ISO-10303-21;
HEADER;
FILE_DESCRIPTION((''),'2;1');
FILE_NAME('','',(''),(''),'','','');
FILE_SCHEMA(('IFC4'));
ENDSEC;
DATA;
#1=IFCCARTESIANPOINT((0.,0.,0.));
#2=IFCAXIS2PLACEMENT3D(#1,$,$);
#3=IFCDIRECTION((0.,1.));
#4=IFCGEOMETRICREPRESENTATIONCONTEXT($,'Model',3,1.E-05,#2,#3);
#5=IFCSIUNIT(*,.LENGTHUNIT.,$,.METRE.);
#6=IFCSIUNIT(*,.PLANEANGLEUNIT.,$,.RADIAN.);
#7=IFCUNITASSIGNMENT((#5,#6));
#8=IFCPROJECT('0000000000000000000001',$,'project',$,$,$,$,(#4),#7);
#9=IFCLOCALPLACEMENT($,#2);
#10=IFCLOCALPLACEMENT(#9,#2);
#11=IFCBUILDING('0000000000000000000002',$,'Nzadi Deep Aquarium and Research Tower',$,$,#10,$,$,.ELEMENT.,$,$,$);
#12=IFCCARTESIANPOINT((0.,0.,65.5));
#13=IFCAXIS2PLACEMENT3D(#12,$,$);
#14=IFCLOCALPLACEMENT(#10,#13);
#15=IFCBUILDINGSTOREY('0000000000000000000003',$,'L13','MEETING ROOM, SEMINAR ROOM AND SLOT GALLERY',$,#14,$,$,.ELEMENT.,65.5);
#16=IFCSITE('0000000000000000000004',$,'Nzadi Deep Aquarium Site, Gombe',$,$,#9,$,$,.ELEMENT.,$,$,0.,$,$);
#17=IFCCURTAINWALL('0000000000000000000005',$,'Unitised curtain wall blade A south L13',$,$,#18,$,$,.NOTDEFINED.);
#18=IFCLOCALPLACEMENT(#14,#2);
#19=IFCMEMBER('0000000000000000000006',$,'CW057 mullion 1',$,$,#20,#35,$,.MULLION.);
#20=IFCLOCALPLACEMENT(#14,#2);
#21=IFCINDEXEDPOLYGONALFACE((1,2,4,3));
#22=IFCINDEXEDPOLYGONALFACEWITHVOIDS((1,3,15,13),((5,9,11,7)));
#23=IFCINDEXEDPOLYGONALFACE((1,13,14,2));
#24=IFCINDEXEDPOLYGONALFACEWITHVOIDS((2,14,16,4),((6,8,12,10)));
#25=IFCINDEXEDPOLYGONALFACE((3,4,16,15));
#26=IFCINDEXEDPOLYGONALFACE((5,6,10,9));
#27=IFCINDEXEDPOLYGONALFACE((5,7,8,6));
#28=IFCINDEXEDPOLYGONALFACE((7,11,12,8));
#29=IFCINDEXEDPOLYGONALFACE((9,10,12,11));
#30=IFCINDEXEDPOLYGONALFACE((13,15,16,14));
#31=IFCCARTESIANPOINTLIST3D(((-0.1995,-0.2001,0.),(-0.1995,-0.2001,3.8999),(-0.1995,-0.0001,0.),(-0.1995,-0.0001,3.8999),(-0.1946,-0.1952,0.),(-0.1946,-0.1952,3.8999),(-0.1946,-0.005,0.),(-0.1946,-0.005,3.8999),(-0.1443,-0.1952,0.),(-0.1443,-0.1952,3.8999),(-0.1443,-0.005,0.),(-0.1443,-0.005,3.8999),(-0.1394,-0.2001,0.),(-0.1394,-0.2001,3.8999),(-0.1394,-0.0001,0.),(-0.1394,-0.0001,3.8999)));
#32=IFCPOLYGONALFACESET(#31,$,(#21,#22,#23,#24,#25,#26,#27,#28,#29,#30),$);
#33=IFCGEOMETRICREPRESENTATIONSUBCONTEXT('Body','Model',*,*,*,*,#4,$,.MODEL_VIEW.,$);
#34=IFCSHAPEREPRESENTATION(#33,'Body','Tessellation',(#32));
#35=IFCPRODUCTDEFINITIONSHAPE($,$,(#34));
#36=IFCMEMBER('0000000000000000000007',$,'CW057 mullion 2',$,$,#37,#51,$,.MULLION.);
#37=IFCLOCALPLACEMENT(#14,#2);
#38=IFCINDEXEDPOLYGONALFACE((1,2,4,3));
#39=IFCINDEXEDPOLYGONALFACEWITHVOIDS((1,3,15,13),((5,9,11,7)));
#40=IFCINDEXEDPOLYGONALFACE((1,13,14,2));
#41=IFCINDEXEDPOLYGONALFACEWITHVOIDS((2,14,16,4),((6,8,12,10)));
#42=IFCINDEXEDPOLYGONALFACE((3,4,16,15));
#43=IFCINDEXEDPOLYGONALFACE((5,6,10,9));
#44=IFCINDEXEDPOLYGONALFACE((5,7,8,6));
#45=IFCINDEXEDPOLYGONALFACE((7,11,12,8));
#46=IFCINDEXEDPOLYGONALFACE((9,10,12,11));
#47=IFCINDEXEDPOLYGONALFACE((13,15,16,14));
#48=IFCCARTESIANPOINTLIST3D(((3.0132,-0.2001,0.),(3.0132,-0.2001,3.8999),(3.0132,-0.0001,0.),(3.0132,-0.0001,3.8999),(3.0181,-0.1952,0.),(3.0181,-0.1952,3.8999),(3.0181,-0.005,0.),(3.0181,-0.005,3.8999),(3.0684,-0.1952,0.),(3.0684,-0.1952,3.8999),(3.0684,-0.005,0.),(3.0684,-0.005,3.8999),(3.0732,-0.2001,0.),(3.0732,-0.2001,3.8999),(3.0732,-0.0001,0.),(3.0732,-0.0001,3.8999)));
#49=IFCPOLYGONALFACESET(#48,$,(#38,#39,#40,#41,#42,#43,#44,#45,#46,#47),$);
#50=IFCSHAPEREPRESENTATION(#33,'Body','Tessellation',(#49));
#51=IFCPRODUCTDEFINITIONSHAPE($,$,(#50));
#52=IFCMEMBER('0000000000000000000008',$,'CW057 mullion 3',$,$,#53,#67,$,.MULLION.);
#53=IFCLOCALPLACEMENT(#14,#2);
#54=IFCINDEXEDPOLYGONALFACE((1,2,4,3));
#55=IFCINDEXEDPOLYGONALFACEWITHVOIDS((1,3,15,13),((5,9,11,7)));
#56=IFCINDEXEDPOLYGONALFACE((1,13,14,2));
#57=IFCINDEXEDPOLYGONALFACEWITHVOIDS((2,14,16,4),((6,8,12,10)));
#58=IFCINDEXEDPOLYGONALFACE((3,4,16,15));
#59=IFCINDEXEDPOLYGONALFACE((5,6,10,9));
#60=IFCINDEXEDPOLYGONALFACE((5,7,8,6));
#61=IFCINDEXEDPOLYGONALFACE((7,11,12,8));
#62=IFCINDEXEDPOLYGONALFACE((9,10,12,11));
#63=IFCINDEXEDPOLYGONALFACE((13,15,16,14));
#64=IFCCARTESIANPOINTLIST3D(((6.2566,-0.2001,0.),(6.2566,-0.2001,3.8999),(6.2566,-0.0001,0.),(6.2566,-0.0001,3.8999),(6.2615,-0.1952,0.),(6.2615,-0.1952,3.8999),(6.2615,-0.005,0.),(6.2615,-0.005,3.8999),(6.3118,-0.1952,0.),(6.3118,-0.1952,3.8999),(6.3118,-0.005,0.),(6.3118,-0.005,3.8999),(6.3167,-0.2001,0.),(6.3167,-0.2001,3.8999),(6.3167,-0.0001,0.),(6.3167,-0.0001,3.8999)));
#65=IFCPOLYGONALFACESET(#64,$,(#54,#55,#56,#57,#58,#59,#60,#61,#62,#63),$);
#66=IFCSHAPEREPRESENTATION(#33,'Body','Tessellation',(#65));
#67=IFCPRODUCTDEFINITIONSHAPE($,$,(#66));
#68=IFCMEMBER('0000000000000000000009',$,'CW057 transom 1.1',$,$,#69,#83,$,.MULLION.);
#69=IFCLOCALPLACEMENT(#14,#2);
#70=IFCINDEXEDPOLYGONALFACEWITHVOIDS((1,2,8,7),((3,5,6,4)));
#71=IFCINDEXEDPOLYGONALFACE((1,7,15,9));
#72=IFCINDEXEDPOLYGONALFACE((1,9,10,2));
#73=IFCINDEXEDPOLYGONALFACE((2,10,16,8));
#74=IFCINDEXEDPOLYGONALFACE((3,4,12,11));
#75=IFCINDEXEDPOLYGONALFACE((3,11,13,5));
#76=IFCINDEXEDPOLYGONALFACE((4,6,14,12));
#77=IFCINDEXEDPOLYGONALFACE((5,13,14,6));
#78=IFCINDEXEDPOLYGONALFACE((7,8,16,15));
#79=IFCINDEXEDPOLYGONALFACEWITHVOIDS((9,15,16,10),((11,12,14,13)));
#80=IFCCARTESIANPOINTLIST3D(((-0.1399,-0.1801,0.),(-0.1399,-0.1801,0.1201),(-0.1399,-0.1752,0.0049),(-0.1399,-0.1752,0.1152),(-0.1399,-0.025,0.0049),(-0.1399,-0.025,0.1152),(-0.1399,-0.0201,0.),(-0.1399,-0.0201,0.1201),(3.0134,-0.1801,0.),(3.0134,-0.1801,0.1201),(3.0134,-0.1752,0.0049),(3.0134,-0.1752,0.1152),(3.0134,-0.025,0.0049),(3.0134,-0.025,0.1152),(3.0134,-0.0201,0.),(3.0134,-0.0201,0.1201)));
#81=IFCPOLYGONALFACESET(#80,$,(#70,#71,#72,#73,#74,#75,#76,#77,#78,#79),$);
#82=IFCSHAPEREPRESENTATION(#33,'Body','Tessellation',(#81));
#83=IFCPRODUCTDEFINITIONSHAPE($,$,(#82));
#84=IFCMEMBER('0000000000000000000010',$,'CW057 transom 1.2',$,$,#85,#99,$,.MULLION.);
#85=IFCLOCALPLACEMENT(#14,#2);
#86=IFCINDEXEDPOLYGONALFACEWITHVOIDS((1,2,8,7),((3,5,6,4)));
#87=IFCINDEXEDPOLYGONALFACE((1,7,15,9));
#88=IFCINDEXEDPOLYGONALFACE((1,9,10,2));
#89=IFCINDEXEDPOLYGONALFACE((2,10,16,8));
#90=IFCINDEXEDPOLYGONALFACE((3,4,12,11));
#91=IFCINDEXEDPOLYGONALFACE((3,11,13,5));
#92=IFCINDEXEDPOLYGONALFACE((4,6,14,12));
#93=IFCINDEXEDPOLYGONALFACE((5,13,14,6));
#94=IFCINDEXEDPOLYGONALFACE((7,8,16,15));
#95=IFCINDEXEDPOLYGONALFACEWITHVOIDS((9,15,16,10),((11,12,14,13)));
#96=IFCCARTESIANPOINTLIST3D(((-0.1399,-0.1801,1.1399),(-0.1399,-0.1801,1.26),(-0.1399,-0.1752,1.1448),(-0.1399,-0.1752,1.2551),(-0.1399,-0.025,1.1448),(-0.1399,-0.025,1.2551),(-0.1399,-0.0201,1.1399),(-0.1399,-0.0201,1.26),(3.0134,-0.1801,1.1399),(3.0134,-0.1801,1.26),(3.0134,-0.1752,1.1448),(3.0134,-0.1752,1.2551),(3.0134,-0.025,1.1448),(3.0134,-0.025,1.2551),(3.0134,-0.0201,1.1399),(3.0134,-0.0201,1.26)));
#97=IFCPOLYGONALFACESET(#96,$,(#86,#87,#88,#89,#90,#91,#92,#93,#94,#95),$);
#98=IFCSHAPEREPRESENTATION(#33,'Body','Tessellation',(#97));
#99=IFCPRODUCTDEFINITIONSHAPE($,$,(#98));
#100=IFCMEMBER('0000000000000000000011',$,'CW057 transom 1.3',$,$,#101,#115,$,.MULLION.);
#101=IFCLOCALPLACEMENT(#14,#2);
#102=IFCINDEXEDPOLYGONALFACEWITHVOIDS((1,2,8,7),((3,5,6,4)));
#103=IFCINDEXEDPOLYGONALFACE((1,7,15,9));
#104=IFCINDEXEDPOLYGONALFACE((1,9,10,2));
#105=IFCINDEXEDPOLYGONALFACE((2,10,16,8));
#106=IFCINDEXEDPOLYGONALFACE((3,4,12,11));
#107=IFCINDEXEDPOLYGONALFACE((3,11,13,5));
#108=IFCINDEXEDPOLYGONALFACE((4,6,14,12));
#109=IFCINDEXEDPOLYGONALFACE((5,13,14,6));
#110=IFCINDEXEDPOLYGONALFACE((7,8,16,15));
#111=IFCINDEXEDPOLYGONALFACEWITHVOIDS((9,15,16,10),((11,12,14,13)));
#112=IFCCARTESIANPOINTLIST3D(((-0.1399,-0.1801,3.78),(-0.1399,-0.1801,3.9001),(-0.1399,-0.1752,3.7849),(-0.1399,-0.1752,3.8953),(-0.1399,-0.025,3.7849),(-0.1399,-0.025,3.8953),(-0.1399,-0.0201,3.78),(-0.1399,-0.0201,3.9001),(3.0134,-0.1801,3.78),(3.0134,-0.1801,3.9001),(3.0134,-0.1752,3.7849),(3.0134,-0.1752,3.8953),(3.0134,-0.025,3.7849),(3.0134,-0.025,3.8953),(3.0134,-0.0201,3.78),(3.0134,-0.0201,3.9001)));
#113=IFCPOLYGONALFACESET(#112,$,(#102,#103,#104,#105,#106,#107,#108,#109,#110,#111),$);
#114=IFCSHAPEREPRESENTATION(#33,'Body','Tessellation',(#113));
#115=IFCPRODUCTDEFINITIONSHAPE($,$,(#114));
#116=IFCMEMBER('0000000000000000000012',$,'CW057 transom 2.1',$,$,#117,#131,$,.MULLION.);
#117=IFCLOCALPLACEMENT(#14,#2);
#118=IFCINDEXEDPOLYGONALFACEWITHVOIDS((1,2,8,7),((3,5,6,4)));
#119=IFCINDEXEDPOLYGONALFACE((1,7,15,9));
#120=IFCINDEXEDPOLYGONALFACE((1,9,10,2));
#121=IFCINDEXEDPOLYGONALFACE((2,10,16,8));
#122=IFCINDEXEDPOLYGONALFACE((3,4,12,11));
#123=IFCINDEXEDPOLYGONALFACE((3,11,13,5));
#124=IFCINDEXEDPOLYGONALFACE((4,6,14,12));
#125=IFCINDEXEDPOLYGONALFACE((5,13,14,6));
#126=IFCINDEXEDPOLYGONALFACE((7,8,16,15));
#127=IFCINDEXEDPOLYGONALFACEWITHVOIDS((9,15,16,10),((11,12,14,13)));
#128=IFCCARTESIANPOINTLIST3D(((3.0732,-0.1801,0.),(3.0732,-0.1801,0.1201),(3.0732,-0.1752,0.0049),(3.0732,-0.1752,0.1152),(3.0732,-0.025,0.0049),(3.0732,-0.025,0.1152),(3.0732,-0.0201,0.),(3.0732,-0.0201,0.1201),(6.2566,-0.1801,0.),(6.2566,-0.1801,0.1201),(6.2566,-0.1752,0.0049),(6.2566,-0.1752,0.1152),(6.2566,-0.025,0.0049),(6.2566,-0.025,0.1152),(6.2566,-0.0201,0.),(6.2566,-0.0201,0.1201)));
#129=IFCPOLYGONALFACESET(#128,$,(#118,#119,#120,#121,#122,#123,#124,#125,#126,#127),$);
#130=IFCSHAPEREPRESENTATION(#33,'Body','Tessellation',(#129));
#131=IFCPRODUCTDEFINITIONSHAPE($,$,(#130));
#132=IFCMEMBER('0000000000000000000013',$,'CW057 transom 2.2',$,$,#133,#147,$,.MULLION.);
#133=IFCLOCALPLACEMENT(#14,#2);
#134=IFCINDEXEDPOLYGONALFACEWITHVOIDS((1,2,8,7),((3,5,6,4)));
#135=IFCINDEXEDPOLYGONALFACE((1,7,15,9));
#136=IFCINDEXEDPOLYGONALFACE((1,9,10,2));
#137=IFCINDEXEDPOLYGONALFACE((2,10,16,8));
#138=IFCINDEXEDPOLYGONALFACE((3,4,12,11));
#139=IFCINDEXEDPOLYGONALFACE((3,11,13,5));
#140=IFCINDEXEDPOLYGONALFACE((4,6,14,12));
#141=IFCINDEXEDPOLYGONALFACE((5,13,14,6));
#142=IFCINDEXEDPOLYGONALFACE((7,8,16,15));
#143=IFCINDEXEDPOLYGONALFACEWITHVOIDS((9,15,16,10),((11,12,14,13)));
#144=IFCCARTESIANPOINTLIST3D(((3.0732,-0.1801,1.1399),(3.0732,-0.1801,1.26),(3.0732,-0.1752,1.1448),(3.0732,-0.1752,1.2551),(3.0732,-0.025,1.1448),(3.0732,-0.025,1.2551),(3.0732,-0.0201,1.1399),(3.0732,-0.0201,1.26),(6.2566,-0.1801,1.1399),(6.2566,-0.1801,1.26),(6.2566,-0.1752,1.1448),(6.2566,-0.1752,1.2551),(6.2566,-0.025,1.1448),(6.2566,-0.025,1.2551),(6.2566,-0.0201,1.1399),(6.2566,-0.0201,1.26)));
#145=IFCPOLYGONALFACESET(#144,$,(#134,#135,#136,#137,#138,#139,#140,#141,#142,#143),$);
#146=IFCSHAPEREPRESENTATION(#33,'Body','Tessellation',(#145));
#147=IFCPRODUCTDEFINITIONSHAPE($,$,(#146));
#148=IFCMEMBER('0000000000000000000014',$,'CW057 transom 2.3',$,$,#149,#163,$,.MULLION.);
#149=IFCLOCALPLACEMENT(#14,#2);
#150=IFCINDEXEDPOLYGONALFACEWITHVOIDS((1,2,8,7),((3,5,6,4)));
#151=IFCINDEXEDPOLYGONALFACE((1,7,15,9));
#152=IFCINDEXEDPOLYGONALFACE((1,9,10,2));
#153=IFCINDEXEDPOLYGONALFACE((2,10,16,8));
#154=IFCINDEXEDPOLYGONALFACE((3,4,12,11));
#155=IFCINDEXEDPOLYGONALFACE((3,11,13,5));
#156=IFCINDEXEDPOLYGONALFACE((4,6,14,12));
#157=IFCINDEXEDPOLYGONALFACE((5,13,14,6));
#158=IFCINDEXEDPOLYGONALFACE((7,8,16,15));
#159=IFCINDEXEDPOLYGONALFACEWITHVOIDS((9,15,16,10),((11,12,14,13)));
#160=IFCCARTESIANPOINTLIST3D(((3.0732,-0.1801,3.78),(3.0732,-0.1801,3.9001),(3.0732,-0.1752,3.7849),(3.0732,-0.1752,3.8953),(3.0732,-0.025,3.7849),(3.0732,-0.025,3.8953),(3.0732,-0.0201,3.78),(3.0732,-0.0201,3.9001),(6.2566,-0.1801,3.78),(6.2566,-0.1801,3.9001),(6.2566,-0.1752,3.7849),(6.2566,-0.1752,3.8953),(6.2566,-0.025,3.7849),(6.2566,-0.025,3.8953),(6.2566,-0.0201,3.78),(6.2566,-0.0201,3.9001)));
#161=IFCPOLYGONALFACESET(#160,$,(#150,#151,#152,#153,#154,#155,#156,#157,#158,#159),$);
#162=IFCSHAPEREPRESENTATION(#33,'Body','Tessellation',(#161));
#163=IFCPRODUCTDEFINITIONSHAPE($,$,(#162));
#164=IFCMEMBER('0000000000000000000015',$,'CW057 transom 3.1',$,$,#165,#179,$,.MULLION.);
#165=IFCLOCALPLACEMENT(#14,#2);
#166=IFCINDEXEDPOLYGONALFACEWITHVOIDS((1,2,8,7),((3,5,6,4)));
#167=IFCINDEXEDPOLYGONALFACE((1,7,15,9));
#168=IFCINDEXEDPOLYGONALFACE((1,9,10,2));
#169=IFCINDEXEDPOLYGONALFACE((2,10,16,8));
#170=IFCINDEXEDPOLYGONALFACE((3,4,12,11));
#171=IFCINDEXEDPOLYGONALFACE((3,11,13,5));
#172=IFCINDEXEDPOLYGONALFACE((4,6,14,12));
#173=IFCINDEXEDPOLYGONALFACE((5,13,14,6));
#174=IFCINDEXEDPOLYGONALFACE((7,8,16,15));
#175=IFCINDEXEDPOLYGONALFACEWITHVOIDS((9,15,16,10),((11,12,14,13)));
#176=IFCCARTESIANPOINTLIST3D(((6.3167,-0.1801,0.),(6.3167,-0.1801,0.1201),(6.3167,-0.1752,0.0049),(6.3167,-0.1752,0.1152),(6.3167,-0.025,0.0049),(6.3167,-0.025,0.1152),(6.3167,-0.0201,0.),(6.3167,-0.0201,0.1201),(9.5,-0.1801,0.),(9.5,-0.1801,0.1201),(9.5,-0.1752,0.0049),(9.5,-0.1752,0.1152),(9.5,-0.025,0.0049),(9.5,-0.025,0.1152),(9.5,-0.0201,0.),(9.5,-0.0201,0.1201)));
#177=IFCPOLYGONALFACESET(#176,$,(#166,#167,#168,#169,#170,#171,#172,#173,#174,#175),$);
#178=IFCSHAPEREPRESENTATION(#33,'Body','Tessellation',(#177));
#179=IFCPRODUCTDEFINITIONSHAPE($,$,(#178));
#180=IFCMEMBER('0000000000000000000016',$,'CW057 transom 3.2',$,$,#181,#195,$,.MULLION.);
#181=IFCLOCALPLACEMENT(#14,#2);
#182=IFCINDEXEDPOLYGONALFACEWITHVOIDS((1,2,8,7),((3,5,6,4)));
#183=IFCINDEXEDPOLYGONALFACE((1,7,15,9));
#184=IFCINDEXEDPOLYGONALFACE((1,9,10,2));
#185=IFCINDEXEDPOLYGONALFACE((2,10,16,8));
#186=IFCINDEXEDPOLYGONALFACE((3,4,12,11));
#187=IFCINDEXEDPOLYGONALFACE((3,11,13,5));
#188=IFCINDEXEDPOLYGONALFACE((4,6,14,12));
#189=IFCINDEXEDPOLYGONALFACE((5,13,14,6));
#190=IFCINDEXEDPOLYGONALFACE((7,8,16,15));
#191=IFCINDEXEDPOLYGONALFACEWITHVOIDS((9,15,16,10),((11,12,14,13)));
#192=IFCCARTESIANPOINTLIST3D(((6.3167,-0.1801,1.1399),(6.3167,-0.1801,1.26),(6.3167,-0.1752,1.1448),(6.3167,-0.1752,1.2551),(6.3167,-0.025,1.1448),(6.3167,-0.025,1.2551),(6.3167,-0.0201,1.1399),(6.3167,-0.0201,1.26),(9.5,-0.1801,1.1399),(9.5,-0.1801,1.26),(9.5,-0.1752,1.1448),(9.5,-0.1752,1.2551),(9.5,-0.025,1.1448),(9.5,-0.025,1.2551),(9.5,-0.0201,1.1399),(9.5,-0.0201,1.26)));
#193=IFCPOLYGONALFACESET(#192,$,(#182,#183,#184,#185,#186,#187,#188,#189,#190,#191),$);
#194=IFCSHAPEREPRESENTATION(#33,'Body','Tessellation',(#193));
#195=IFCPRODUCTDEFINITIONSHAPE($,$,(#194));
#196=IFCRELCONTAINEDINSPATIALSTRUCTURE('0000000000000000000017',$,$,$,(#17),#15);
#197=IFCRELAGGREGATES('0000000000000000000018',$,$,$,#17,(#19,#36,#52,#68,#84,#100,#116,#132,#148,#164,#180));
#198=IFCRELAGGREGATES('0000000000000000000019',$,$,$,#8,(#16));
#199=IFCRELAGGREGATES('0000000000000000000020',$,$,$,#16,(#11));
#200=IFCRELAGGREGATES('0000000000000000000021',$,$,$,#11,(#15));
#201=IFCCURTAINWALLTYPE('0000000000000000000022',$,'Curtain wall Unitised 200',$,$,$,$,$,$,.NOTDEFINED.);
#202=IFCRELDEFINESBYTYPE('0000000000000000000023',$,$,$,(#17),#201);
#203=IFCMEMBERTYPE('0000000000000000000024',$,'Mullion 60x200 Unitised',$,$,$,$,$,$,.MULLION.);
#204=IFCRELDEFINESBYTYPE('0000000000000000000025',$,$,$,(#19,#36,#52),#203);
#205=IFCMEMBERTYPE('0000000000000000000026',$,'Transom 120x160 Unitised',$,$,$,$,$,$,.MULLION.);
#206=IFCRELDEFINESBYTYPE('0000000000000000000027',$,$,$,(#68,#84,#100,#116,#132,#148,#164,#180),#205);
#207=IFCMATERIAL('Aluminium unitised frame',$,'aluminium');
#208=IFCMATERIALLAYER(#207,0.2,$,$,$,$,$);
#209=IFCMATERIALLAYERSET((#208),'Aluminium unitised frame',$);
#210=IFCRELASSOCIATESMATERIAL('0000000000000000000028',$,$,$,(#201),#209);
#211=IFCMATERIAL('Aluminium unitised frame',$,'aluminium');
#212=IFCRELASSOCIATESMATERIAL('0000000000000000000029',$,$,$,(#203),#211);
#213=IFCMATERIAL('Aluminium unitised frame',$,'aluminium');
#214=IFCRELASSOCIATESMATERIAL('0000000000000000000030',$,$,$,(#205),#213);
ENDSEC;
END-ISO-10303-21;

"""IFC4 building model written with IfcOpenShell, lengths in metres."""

from ifc_helpers import new_model, si_unit, direction, frame, origin, origin_2d, place, context, subcontext, project, spatial, hollow_rectangle, extrude, material, layer, layer_set, material_profile, profile_set, type_object, element, aggregate, save


model = new_model("IFC4")

# Units and contexts
model_context = context("Model", 3, precision=1e-05, world=origin(), true_north=direction((0.0, 1.0)))
body_context = subcontext(model_context, "Body", "Model", "MODEL_VIEW")
ifc_project = project(units=[si_unit("LENGTHUNIT", "METRE"), si_unit("PLANEANGLEUNIT", "RADIAN")], contexts=[model_context])

# Site, building, storey
site_placement = place(None, origin())
site = spatial("IfcSite", under=ifc_project, at=site_placement, Name="Nzadi Deep Aquarium Site, Gombe", CompositionType="ELEMENT", RefElevation=0.0)
building_placement = place(site_placement, origin())
building = spatial("IfcBuilding", under=site, at=building_placement, Name="Nzadi Deep Aquarium and Research Tower", CompositionType="ELEMENT")
storey_placement = place(building_placement, frame((0.0, 0.0, 65.5)))
storey = spatial("IfcBuildingStorey", under=building, at=storey_placement, Name="L13", Description="MEETING ROOM, SEMINAR ROOM AND SLOT GALLERY", CompositionType="ELEMENT", Elevation=65.5)

# Curtain wall, members
ifc_material_1 = material(Name="Aluminium unitised frame", Category="aluminium")
ifc_layer_1 = layer(ifc_material_1, 0.2)
ifc_layer_set_1 = layer_set([ifc_layer_1], Name="Aluminium unitised frame")
curtain_wall_type = type_object("IfcCurtainWallType", Name="Curtain wall Unitised 200", PredefinedType="NOTDEFINED", material=ifc_layer_set_1)
curtain_wall_placement = place(storey_placement, origin())
curtain_wall = element("IfcCurtainWall", 1, at=curtain_wall_placement, inside=storey, type_object=curtain_wall_type, Name="Unitised curtain wall blade A south L13", PredefinedType="NOTDEFINED")
ifc_material_2 = material(Name="Aluminium unitised frame", Category="aluminium")
ifc_material_profile_1 = material_profile(ifc_material_2, hollow_rectangle(XDim=0.2, YDim=0.0601, WallThickness=0.0049, at=origin_2d()))
ifc_profile_set_1 = profile_set([ifc_material_profile_1], Name="Aluminium unitised frame")
member_type_1 = type_object("IfcMemberType", Name="Mullion 60x200 Unitised", PredefinedType="MULLION", material=ifc_profile_set_1)
member_1_placement = place(storey_placement, frame((-0.1694, -0.1001, 0.0), z_axis=(0.0, 0.0, 1.0), x_axis=(0.0, 1.0, 0.0)))
member_1 = element("IfcMember", 2, at=member_1_placement, type_object=member_type_1, Name="CW057 mullion 1", PredefinedType="MULLION", context=body_context, shape_type="SweptSolid", body=[
    extrude(hollow_rectangle(XDim=0.2, YDim=0.0601, WallThickness=0.0049, at=origin_2d()), origin(), (0.0, 0.0, 1.0), 3.8999),
])
member_2_placement = place(storey_placement, frame((3.0432, -0.1001, 0.0), z_axis=(0.0, 0.0, 1.0), x_axis=(0.0, 1.0, 0.0)))
member_2 = element("IfcMember", 3, at=member_2_placement, type_object=member_type_1, Name="CW057 mullion 2", PredefinedType="MULLION", context=body_context, shape_type="SweptSolid", body=[
    extrude(hollow_rectangle(XDim=0.2, YDim=0.0601, WallThickness=0.0049, at=origin_2d()), origin(), (0.0, 0.0, 1.0), 3.8999),
])
member_3_placement = place(storey_placement, frame((6.2866, -0.1001, 0.0), z_axis=(0.0, 0.0, 1.0), x_axis=(0.0, 1.0, 0.0)))
member_3 = element("IfcMember", 4, at=member_3_placement, type_object=member_type_1, Name="CW057 mullion 3", PredefinedType="MULLION", context=body_context, shape_type="SweptSolid", body=[
    extrude(hollow_rectangle(XDim=0.2, YDim=0.0601, WallThickness=0.0049, at=origin_2d()), origin(), (0.0, 0.0, 1.0), 3.8999),
])
ifc_material_3 = material(Name="Aluminium unitised frame", Category="aluminium")
ifc_material_profile_2 = material_profile(ifc_material_3, hollow_rectangle(XDim=0.1599, YDim=0.1201, WallThickness=0.0049, at=origin_2d()))
ifc_profile_set_2 = profile_set([ifc_material_profile_2], Name="Aluminium unitised frame")
member_type_2 = type_object("IfcMemberType", Name="Transom 120x160 Unitised", PredefinedType="MULLION", material=ifc_profile_set_2)
member_4_placement = place(storey_placement, frame((-0.1399, -0.1001, 0.0601), z_axis=(1.0, 0.0, 0.0), x_axis=(0.0, 1.0, 0.0)))
member_4 = element("IfcMember", 5, at=member_4_placement, type_object=member_type_2, Name="CW057 transom 1.1", PredefinedType="MULLION", context=body_context, shape_type="SweptSolid", body=[
    extrude(hollow_rectangle(XDim=0.1599, YDim=0.1201, WallThickness=0.0049, at=origin_2d()), origin(), (0.0, 0.0, 1.0), 3.1533),
])
member_5_placement = place(storey_placement, frame((-0.1399, -0.1001, 1.2), z_axis=(1.0, 0.0, 0.0), x_axis=(0.0, 1.0, 0.0)))
member_5 = element("IfcMember", 6, at=member_5_placement, type_object=member_type_2, Name="CW057 transom 1.2", PredefinedType="MULLION", context=body_context, shape_type="SweptSolid", body=[
    extrude(hollow_rectangle(XDim=0.1599, YDim=0.1201, WallThickness=0.0049, at=origin_2d()), origin(), (0.0, 0.0, 1.0), 3.1533),
])
member_6_placement = place(storey_placement, frame((-0.1399, -0.1001, 3.8401), z_axis=(1.0, 0.0, 0.0), x_axis=(0.0, 1.0, 0.0)))
member_6 = element("IfcMember", 7, at=member_6_placement, type_object=member_type_2, Name="CW057 transom 1.3", PredefinedType="MULLION", context=body_context, shape_type="SweptSolid", body=[
    extrude(hollow_rectangle(XDim=0.1599, YDim=0.1201, WallThickness=0.0049, at=origin_2d()), origin(), (0.0, 0.0, 1.0), 3.1533),
])
member_7_placement = place(storey_placement, frame((3.0732, -0.1001, 0.0601), z_axis=(1.0, 0.0, 0.0), x_axis=(0.0, 1.0, 0.0)))
member_7 = element("IfcMember", 8, at=member_7_placement, type_object=member_type_2, Name="CW057 transom 2.1", PredefinedType="MULLION", context=body_context, shape_type="SweptSolid", body=[
    extrude(hollow_rectangle(XDim=0.1599, YDim=0.1201, WallThickness=0.0049, at=origin_2d()), origin(), (0.0, 0.0, 1.0), 3.1833),
])
member_8_placement = place(storey_placement, frame((3.0732, -0.1001, 1.2), z_axis=(1.0, 0.0, 0.0), x_axis=(0.0, 1.0, 0.0)))
member_8 = element("IfcMember", 9, at=member_8_placement, type_object=member_type_2, Name="CW057 transom 2.2", PredefinedType="MULLION", context=body_context, shape_type="SweptSolid", body=[
    extrude(hollow_rectangle(XDim=0.1599, YDim=0.1201, WallThickness=0.0049, at=origin_2d()), origin(), (0.0, 0.0, 1.0), 3.1833),
])
member_9_placement = place(storey_placement, frame((3.0732, -0.1001, 3.8401), z_axis=(1.0, 0.0, 0.0), x_axis=(0.0, 1.0, 0.0)))
member_9 = element("IfcMember", 10, at=member_9_placement, type_object=member_type_2, Name="CW057 transom 2.3", PredefinedType="MULLION", context=body_context, shape_type="SweptSolid", body=[
    extrude(hollow_rectangle(XDim=0.1599, YDim=0.1201, WallThickness=0.0049, at=origin_2d()), origin(), (0.0, 0.0, 1.0), 3.1833),
])
member_10_placement = place(storey_placement, frame((6.3167, -0.1001, 0.0601), z_axis=(1.0, 0.0, 0.0), x_axis=(0.0, 1.0, 0.0)))
member_10 = element("IfcMember", 11, at=member_10_placement, type_object=member_type_2, Name="CW057 transom 3.1", PredefinedType="MULLION", context=body_context, shape_type="SweptSolid", body=[
    extrude(hollow_rectangle(XDim=0.1599, YDim=0.1201, WallThickness=0.0049, at=origin_2d()), origin(), (0.0, 0.0, 1.0), 3.1833),
])
member_11_placement = place(storey_placement, frame((6.3167, -0.1001, 1.2), z_axis=(1.0, 0.0, 0.0), x_axis=(0.0, 1.0, 0.0)))
member_11 = element("IfcMember", 12, at=member_11_placement, type_object=member_type_2, Name="CW057 transom 3.2", PredefinedType="MULLION", context=body_context, shape_type="SweptSolid", body=[
    extrude(hollow_rectangle(XDim=0.1599, YDim=0.1201, WallThickness=0.0049, at=origin_2d()), origin(), (0.0, 0.0, 1.0), 3.1833),
])
aggregate(curtain_wall, [member_1, member_2, member_3, member_4, member_5, member_6, member_7, member_8, member_9, member_10, member_11])

save(model, "model.ifc")
